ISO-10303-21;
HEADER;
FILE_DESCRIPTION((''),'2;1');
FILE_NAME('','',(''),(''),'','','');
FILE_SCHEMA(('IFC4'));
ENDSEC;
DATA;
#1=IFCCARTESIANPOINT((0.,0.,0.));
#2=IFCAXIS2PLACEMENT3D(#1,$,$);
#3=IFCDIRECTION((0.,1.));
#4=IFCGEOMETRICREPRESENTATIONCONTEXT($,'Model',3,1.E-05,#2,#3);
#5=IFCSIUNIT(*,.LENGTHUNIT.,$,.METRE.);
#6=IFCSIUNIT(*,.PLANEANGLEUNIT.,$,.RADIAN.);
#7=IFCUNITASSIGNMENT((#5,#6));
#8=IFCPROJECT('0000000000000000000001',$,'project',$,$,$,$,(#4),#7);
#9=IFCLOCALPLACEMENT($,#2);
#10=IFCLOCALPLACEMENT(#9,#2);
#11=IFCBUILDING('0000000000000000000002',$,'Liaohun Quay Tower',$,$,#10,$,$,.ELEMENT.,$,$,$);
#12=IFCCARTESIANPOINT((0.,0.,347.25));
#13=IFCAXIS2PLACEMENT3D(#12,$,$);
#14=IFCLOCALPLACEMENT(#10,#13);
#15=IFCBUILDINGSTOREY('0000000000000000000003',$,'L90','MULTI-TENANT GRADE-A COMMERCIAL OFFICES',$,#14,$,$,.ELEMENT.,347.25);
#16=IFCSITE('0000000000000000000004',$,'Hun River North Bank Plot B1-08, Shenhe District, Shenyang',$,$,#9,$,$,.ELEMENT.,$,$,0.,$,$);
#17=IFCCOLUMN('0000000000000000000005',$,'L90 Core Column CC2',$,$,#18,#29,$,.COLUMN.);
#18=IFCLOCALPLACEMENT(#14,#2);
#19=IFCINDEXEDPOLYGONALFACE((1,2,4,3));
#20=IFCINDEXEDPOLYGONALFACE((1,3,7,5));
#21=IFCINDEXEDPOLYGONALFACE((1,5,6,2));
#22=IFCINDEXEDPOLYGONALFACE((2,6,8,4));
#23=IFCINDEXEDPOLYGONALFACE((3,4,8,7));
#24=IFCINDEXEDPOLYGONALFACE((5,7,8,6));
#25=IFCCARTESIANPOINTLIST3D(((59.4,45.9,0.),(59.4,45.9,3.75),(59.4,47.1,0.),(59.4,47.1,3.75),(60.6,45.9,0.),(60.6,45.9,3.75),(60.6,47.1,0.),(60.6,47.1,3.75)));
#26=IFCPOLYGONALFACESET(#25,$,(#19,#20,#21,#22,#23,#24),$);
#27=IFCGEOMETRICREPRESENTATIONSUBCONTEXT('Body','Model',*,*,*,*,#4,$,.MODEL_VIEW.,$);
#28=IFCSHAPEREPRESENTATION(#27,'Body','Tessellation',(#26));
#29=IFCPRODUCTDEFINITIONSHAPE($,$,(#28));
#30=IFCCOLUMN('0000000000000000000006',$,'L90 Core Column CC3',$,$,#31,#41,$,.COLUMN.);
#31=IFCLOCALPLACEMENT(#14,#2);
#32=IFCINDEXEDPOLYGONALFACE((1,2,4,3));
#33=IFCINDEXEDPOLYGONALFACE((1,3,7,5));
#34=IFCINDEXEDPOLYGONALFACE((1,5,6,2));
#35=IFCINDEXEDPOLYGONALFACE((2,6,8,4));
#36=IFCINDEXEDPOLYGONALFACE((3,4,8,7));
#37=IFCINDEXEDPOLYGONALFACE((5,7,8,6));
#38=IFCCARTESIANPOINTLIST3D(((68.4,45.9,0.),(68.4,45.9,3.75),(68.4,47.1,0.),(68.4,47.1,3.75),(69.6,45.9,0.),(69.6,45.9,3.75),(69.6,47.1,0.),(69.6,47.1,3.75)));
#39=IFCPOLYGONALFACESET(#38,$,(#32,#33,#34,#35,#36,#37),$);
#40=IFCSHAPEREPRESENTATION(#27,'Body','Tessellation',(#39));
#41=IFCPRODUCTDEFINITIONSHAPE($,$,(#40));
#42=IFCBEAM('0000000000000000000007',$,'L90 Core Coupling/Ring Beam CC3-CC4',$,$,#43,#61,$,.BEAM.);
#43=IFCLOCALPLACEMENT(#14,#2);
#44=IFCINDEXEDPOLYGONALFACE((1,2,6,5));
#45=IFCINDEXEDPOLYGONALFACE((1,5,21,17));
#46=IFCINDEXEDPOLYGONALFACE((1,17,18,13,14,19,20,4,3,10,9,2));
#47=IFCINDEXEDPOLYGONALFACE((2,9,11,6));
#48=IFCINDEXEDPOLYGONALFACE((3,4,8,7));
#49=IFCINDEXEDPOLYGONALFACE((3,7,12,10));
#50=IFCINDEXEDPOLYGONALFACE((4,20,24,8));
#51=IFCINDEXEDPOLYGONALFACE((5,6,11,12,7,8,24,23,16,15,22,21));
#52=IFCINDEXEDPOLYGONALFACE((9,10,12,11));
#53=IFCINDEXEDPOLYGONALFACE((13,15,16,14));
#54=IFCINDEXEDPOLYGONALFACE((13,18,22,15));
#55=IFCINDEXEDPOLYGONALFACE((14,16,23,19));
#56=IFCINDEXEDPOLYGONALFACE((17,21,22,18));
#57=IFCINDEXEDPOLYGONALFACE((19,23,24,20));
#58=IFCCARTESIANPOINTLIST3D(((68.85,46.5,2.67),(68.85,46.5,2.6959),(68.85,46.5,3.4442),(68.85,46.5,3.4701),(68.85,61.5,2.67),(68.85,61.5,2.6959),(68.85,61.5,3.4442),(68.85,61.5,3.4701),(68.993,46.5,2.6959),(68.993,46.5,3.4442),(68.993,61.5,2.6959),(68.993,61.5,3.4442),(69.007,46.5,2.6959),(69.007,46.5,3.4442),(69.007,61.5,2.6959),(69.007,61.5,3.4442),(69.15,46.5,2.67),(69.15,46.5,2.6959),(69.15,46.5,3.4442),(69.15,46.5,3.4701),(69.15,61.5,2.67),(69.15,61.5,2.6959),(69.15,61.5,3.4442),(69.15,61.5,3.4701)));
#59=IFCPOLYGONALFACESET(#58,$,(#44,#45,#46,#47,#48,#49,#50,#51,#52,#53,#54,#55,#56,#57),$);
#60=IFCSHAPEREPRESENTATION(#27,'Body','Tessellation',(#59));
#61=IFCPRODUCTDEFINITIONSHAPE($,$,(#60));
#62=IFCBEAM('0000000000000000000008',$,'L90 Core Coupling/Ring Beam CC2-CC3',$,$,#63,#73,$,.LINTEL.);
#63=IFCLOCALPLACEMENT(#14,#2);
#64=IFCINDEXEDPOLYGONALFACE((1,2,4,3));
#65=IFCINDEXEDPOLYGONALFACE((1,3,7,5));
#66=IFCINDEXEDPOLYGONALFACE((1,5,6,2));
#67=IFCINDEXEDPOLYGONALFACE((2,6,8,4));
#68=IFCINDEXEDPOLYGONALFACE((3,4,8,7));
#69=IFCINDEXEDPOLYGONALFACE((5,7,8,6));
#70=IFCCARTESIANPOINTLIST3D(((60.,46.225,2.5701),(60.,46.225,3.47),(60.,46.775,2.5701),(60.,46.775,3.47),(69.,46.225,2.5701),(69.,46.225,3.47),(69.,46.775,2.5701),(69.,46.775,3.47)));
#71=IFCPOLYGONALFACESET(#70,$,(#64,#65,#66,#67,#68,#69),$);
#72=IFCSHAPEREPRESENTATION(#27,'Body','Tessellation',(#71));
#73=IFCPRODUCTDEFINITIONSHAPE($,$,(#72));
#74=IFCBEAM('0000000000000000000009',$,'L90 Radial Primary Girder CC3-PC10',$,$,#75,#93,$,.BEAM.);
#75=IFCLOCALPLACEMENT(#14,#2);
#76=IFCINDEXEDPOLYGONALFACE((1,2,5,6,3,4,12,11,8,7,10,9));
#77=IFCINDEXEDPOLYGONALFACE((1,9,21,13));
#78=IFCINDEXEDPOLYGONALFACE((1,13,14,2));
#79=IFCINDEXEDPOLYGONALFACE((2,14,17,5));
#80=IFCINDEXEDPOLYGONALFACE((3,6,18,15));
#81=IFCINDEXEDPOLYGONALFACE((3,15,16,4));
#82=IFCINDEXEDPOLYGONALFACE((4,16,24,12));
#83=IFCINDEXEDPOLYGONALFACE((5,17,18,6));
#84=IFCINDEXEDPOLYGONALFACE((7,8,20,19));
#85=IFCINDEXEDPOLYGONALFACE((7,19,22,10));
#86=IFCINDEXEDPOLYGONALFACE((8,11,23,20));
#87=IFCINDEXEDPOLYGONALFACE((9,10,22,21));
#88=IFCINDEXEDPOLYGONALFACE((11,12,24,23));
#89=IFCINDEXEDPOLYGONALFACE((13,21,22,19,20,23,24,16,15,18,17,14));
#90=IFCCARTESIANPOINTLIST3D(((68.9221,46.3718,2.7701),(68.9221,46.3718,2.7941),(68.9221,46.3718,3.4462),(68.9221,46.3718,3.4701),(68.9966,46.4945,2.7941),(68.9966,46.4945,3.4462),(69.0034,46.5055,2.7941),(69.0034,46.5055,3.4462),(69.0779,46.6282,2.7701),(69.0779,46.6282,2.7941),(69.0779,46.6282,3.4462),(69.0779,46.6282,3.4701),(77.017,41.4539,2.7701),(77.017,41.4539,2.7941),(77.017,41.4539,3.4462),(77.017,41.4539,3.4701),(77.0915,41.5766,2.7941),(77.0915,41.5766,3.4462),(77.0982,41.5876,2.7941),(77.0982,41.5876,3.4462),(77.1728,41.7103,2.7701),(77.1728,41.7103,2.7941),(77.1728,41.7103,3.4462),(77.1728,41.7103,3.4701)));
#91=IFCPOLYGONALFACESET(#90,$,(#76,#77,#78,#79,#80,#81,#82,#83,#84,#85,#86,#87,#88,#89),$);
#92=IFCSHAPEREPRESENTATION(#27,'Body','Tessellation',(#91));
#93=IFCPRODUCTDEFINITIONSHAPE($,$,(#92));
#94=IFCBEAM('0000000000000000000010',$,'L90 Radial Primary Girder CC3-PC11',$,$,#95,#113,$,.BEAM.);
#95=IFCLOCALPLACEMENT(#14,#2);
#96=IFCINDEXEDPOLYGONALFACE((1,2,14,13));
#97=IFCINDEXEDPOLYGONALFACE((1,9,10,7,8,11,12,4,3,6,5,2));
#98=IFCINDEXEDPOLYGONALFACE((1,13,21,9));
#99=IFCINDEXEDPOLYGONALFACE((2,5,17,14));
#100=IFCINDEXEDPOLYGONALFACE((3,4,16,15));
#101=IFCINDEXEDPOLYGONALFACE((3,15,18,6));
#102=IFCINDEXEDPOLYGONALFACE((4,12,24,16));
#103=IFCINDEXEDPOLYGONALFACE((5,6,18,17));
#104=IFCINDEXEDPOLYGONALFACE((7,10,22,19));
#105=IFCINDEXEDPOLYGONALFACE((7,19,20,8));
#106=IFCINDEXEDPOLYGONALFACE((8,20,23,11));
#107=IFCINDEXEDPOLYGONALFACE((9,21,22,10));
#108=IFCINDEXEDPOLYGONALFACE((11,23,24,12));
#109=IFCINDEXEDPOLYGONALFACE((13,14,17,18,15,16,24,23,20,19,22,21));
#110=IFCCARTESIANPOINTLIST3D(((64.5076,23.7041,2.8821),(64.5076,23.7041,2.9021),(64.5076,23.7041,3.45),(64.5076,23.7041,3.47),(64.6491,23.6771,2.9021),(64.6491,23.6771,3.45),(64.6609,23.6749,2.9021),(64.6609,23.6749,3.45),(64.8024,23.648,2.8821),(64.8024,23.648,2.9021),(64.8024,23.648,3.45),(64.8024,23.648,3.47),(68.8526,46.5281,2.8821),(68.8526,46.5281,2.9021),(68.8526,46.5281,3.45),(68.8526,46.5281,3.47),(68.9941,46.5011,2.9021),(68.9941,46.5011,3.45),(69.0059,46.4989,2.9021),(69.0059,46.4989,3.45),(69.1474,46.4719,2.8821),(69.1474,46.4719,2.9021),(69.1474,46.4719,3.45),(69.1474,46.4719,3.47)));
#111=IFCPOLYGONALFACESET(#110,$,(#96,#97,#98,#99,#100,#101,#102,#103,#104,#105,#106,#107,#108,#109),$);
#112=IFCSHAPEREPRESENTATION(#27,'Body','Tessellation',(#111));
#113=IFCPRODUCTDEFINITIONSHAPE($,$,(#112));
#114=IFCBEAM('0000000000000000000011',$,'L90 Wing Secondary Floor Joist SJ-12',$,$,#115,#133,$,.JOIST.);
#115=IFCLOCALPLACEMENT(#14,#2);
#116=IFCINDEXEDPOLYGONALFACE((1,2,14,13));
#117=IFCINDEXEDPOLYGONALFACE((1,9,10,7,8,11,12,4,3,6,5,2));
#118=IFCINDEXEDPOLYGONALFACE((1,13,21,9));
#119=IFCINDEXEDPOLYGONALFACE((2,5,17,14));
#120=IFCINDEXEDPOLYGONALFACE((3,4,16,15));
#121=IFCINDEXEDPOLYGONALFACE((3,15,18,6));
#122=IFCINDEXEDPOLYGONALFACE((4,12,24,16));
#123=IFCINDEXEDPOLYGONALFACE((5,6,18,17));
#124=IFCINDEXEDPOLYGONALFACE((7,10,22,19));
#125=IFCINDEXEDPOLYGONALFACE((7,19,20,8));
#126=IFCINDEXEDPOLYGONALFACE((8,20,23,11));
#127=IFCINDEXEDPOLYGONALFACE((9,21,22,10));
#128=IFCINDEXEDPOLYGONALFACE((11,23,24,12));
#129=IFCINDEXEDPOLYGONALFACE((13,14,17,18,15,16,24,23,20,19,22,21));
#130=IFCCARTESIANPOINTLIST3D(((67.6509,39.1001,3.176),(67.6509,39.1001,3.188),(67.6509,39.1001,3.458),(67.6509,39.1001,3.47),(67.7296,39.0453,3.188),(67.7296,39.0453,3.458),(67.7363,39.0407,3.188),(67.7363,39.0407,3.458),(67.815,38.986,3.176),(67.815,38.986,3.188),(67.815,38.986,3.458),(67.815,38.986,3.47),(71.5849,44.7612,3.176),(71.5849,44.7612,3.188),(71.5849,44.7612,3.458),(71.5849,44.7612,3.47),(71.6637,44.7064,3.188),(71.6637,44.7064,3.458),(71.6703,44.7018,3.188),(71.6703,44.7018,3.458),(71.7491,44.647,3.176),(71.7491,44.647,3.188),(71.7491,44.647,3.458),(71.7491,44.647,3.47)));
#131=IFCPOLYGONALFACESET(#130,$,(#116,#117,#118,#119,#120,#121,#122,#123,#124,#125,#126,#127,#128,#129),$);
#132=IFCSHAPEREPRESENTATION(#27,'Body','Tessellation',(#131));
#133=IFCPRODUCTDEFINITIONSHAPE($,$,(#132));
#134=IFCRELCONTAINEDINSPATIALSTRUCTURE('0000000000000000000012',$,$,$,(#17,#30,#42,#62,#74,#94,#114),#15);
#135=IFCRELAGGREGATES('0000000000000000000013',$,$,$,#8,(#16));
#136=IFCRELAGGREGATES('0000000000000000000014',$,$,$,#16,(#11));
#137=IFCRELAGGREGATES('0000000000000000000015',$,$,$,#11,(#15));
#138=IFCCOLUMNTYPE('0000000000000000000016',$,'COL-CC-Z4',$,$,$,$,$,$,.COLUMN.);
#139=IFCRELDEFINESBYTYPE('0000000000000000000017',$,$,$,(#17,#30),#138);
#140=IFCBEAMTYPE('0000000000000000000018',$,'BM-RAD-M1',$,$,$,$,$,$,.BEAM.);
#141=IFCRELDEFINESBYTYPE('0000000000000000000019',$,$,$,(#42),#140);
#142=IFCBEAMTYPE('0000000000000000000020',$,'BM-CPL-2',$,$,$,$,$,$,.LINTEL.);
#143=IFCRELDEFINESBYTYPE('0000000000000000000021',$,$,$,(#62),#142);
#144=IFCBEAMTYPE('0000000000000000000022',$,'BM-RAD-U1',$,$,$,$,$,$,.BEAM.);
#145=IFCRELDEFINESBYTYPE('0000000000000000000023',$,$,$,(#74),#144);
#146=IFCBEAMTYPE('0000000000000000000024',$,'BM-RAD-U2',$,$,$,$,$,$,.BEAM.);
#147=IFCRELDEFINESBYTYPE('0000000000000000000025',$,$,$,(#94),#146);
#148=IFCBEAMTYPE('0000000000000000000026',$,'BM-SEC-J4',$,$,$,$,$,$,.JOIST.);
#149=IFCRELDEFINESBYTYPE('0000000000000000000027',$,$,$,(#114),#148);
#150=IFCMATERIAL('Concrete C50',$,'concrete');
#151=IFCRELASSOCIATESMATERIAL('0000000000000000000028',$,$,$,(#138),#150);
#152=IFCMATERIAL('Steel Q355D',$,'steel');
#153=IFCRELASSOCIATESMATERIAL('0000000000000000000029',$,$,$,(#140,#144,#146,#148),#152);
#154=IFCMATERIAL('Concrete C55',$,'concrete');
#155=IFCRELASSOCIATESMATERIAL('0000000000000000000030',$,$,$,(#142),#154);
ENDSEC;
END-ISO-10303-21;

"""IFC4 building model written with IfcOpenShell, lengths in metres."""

from ifc_helpers import new_model, si_unit, direction, frame, origin, origin_2d, place, context, subcontext, project, spatial, rectangle, i_section, extrude, source, transform, mapped, material, material_profile, profile_set, type_object, element, save


model = new_model("IFC4")

# Units and contexts
model_context = context("Model", 3, precision=1e-05, world=origin(), true_north=direction((0.0, 1.0)))
body_context = subcontext(model_context, "Body", "Model", "MODEL_VIEW")
ifc_project = project(units=[si_unit("LENGTHUNIT", "METRE"), si_unit("PLANEANGLEUNIT", "RADIAN")], contexts=[model_context])

# Site, building, storey
site_placement = place(None, origin())
site = spatial("IfcSite", under=ifc_project, at=site_placement, Name="Hun River North Bank Plot B1-08, Shenhe District, Shenyang", CompositionType="ELEMENT", RefElevation=0.0)
building_placement = place(site_placement, origin())
building = spatial("IfcBuilding", under=site, at=building_placement, Name="Liaohun Quay Tower", CompositionType="ELEMENT")
storey_placement = place(building_placement, frame((0.0, 0.0, 347.25)))
storey = spatial("IfcBuildingStorey", under=building, at=storey_placement, Name="L90", Description="MULTI-TENANT GRADE-A COMMERCIAL OFFICES", CompositionType="ELEMENT", Elevation=347.25)

# Columns
ifc_material_1 = material(Name="Concrete C50", Category="concrete")
ifc_material_profile_1 = material_profile(ifc_material_1, rectangle(XDim=1.2, YDim=1.2, at=origin_2d()), Name="RC1200x1200")
ifc_profile_set_1 = profile_set([ifc_material_profile_1], Name="Concrete C50")
column_type = type_object("IfcColumnType", Name="COL-CC-Z4", PredefinedType="COLUMN", material=ifc_profile_set_1)
shared_shape_1 = source(origin(), body_context, "Body", "SweptSolid", [
    extrude(rectangle(XDim=1.2, YDim=1.2, at=origin_2d()), origin(), (0.0, 0.0, 1.0), 3.75),
])
for number, where, z_axis, x_axis, name in (
    (1, (60.0, 46.5, 0.0), (0.0, 0.0, 1.0), (1.0, 0.0, 0.0), "L90 Core Column CC2"),
    (2, (69.0, 46.5, 0.0), (0.0, 0.0, 1.0), (1.0, 0.0, 0.0), "L90 Core Column CC3"),
):
    element("IfcColumn", number, at=place(storey_placement, frame(where, z_axis=z_axis, x_axis=x_axis)), inside=storey, type_object=column_type, Name=name, PredefinedType="COLUMN", context=body_context, shape_type="MappedRepresentation", body=[
        mapped(shared_shape_1, transform((0.0, 0.0, 0.0), x_axis=(1.0, 0.0, 0.0), y_axis=(0.0, 1.0, 0.0), z_axis=(0.0, 0.0, 1.0), scale=1.0)),
    ])

# Beams
ifc_material_2 = material(Name="Steel Q355D", Category="steel")
ifc_material_profile_2 = material_profile(ifc_material_2, i_section(OverallWidth=0.3, OverallDepth=0.8, WebThickness=0.0139, FlangeThickness=0.0259, at=origin_2d()), Name="HN800x300x14x26")
ifc_profile_set_2 = profile_set([ifc_material_profile_2], Name="Steel Q355D")
beam_type_1 = type_object("IfcBeamType", Name="BM-RAD-M1", PredefinedType="BEAM", material=ifc_profile_set_2)
shared_shape_2 = source(origin(), body_context, "Body", "SweptSolid", [
    extrude(i_section(OverallWidth=0.3, OverallDepth=0.8, WebThickness=0.0139, FlangeThickness=0.0259, at=origin_2d()), origin(), (0.0, 0.0, 1.0), 15.0),
])
beam_1_placement = place(storey_placement, frame((69.0, 46.5, 3.0701), z_axis=(0.0, 1.0, 0.0), x_axis=(-1.0, 0.0, 0.0)))
element("IfcBeam", 3, at=beam_1_placement, inside=storey, type_object=beam_type_1, Name="L90 Core Coupling/Ring Beam CC3-CC4", PredefinedType="BEAM", context=body_context, shape_type="MappedRepresentation", body=[
    mapped(shared_shape_2, transform((0.0, 0.0, 0.0), x_axis=(1.0, 0.0, 0.0), y_axis=(0.0, 1.0, 0.0), z_axis=(0.0, 0.0, 1.0), scale=1.0)),
])
ifc_material_3 = material(Name="Concrete C55", Category="concrete")
ifc_material_profile_3 = material_profile(ifc_material_3, rectangle(XDim=0.55, YDim=0.8999, at=origin_2d()), Name="RC550x900")
ifc_profile_set_3 = profile_set([ifc_material_profile_3], Name="Concrete C55")
beam_type_2 = type_object("IfcBeamType", Name="BM-CPL-2", PredefinedType="LINTEL", material=ifc_profile_set_3)
shared_shape_3 = source(origin(), body_context, "Body", "SweptSolid", [
    extrude(rectangle(XDim=0.55, YDim=0.8999, at=origin_2d()), origin(), (0.0, 0.0, 1.0), 9.0),
])
beam_2_placement = place(storey_placement, frame((60.0, 46.5, 3.02), z_axis=(1.0, 0.0, 0.0), x_axis=(0.0, 1.0, 0.0)))
element("IfcBeam", 4, at=beam_2_placement, inside=storey, type_object=beam_type_2, Name="L90 Core Coupling/Ring Beam CC2-CC3", PredefinedType="LINTEL", context=body_context, shape_type="MappedRepresentation", body=[
    mapped(shared_shape_3, transform((0.0, 0.0, 0.0), x_axis=(1.0, 0.0, 0.0), y_axis=(0.0, 1.0, 0.0), z_axis=(0.0, 0.0, 1.0), scale=1.0)),
])
ifc_material_profile_4 = material_profile(ifc_material_2, i_section(OverallWidth=0.3, OverallDepth=0.7, WebThickness=0.0129, FlangeThickness=0.0239, at=origin_2d()), Name="HN700x300x13x24")
ifc_profile_set_4 = profile_set([ifc_material_profile_4], Name="Steel Q355D")
beam_type_3 = type_object("IfcBeamType", Name="BM-RAD-U1", PredefinedType="BEAM", material=ifc_profile_set_4)
shared_shape_4 = source(origin(), body_context, "Body", "SweptSolid", [
    extrude(i_section(OverallWidth=0.3, OverallDepth=0.7, WebThickness=0.0129, FlangeThickness=0.0239, at=origin_2d()), origin(), (0.0, 0.0, 1.0), 9.4717),
])
beam_3_placement = place(storey_placement, frame((69.0, 46.5, 3.1201), z_axis=(0.854639, -0.519222, 0.0), x_axis=(0.519222, 0.854639, 0.0)))
element("IfcBeam", 5, at=beam_3_placement, inside=storey, type_object=beam_type_3, Name="L90 Radial Primary Girder CC3-PC10", PredefinedType="BEAM", context=body_context, shape_type="MappedRepresentation", body=[
    mapped(shared_shape_4, transform((0.0, 0.0, 0.0), x_axis=(1.0, 0.0, 0.0), y_axis=(0.0, 1.0, 0.0), z_axis=(0.0, 0.0, 1.0), scale=1.0)),
])
ifc_material_profile_5 = material_profile(ifc_material_2, i_section(OverallWidth=0.3, OverallDepth=0.5879, WebThickness=0.012, FlangeThickness=0.02, at=origin_2d()), Name="HM588x300x12x20")
ifc_profile_set_5 = profile_set([ifc_material_profile_5], Name="Steel Q355D")
beam_type_4 = type_object("IfcBeamType", Name="BM-RAD-U2", PredefinedType="BEAM", material=ifc_profile_set_5)
shared_shape_5 = source(origin(), body_context, "Body", "SweptSolid", [
    extrude(i_section(OverallWidth=0.3, OverallDepth=0.5879, WebThickness=0.012, FlangeThickness=0.02, at=origin_2d()), origin(), (0.0, 0.0, 1.0), 23.2339),
])
beam_4_placement = place(storey_placement, frame((69.0, 46.5, 3.176), z_axis=(-0.18701, -0.982358, 0.0), x_axis=(0.982358, -0.18701, 0.0)))
element("IfcBeam", 6, at=beam_4_placement, inside=storey, type_object=beam_type_4, Name="L90 Radial Primary Girder CC3-PC11", PredefinedType="BEAM", context=body_context, shape_type="MappedRepresentation", body=[
    mapped(shared_shape_5, transform((0.0, 0.0, 0.0), x_axis=(1.0, 0.0, 0.0), y_axis=(0.0, 1.0, 0.0), z_axis=(0.0, 0.0, 1.0), scale=1.0)),
])
ifc_material_profile_6 = material_profile(ifc_material_2, i_section(OverallWidth=0.2, OverallDepth=0.2939, WebThickness=0.0081, FlangeThickness=0.012, at=origin_2d()), Name="HM294x200x8x12")
ifc_profile_set_6 = profile_set([ifc_material_profile_6], Name="Steel Q355D")
beam_type_5 = type_object("IfcBeamType", Name="BM-SEC-J4", PredefinedType="JOIST", material=ifc_profile_set_6)
shared_shape_6 = source(origin(), body_context, "Body", "SweptSolid", [
    extrude(i_section(OverallWidth=0.2, OverallDepth=0.2939, WebThickness=0.0081, FlangeThickness=0.012, at=origin_2d()), origin(), (0.0, 0.0, 1.0), 6.8938),
])
beam_5_placement = place(storey_placement, frame((71.667, 44.7041, 3.323), z_axis=(-0.570664, -0.821184, 0.0), x_axis=(0.821184, -0.570664, 0.0)))
element("IfcBeam", 7, at=beam_5_placement, inside=storey, type_object=beam_type_5, Name="L90 Wing Secondary Floor Joist SJ-12", PredefinedType="JOIST", context=body_context, shape_type="MappedRepresentation", body=[
    mapped(shared_shape_6, transform((0.0, 0.0, 0.0), x_axis=(1.0, 0.0, 0.0), y_axis=(0.0, 1.0, 0.0), z_axis=(0.0, 0.0, 1.0), scale=1.0)),
])

save(model, "model.ifc")
